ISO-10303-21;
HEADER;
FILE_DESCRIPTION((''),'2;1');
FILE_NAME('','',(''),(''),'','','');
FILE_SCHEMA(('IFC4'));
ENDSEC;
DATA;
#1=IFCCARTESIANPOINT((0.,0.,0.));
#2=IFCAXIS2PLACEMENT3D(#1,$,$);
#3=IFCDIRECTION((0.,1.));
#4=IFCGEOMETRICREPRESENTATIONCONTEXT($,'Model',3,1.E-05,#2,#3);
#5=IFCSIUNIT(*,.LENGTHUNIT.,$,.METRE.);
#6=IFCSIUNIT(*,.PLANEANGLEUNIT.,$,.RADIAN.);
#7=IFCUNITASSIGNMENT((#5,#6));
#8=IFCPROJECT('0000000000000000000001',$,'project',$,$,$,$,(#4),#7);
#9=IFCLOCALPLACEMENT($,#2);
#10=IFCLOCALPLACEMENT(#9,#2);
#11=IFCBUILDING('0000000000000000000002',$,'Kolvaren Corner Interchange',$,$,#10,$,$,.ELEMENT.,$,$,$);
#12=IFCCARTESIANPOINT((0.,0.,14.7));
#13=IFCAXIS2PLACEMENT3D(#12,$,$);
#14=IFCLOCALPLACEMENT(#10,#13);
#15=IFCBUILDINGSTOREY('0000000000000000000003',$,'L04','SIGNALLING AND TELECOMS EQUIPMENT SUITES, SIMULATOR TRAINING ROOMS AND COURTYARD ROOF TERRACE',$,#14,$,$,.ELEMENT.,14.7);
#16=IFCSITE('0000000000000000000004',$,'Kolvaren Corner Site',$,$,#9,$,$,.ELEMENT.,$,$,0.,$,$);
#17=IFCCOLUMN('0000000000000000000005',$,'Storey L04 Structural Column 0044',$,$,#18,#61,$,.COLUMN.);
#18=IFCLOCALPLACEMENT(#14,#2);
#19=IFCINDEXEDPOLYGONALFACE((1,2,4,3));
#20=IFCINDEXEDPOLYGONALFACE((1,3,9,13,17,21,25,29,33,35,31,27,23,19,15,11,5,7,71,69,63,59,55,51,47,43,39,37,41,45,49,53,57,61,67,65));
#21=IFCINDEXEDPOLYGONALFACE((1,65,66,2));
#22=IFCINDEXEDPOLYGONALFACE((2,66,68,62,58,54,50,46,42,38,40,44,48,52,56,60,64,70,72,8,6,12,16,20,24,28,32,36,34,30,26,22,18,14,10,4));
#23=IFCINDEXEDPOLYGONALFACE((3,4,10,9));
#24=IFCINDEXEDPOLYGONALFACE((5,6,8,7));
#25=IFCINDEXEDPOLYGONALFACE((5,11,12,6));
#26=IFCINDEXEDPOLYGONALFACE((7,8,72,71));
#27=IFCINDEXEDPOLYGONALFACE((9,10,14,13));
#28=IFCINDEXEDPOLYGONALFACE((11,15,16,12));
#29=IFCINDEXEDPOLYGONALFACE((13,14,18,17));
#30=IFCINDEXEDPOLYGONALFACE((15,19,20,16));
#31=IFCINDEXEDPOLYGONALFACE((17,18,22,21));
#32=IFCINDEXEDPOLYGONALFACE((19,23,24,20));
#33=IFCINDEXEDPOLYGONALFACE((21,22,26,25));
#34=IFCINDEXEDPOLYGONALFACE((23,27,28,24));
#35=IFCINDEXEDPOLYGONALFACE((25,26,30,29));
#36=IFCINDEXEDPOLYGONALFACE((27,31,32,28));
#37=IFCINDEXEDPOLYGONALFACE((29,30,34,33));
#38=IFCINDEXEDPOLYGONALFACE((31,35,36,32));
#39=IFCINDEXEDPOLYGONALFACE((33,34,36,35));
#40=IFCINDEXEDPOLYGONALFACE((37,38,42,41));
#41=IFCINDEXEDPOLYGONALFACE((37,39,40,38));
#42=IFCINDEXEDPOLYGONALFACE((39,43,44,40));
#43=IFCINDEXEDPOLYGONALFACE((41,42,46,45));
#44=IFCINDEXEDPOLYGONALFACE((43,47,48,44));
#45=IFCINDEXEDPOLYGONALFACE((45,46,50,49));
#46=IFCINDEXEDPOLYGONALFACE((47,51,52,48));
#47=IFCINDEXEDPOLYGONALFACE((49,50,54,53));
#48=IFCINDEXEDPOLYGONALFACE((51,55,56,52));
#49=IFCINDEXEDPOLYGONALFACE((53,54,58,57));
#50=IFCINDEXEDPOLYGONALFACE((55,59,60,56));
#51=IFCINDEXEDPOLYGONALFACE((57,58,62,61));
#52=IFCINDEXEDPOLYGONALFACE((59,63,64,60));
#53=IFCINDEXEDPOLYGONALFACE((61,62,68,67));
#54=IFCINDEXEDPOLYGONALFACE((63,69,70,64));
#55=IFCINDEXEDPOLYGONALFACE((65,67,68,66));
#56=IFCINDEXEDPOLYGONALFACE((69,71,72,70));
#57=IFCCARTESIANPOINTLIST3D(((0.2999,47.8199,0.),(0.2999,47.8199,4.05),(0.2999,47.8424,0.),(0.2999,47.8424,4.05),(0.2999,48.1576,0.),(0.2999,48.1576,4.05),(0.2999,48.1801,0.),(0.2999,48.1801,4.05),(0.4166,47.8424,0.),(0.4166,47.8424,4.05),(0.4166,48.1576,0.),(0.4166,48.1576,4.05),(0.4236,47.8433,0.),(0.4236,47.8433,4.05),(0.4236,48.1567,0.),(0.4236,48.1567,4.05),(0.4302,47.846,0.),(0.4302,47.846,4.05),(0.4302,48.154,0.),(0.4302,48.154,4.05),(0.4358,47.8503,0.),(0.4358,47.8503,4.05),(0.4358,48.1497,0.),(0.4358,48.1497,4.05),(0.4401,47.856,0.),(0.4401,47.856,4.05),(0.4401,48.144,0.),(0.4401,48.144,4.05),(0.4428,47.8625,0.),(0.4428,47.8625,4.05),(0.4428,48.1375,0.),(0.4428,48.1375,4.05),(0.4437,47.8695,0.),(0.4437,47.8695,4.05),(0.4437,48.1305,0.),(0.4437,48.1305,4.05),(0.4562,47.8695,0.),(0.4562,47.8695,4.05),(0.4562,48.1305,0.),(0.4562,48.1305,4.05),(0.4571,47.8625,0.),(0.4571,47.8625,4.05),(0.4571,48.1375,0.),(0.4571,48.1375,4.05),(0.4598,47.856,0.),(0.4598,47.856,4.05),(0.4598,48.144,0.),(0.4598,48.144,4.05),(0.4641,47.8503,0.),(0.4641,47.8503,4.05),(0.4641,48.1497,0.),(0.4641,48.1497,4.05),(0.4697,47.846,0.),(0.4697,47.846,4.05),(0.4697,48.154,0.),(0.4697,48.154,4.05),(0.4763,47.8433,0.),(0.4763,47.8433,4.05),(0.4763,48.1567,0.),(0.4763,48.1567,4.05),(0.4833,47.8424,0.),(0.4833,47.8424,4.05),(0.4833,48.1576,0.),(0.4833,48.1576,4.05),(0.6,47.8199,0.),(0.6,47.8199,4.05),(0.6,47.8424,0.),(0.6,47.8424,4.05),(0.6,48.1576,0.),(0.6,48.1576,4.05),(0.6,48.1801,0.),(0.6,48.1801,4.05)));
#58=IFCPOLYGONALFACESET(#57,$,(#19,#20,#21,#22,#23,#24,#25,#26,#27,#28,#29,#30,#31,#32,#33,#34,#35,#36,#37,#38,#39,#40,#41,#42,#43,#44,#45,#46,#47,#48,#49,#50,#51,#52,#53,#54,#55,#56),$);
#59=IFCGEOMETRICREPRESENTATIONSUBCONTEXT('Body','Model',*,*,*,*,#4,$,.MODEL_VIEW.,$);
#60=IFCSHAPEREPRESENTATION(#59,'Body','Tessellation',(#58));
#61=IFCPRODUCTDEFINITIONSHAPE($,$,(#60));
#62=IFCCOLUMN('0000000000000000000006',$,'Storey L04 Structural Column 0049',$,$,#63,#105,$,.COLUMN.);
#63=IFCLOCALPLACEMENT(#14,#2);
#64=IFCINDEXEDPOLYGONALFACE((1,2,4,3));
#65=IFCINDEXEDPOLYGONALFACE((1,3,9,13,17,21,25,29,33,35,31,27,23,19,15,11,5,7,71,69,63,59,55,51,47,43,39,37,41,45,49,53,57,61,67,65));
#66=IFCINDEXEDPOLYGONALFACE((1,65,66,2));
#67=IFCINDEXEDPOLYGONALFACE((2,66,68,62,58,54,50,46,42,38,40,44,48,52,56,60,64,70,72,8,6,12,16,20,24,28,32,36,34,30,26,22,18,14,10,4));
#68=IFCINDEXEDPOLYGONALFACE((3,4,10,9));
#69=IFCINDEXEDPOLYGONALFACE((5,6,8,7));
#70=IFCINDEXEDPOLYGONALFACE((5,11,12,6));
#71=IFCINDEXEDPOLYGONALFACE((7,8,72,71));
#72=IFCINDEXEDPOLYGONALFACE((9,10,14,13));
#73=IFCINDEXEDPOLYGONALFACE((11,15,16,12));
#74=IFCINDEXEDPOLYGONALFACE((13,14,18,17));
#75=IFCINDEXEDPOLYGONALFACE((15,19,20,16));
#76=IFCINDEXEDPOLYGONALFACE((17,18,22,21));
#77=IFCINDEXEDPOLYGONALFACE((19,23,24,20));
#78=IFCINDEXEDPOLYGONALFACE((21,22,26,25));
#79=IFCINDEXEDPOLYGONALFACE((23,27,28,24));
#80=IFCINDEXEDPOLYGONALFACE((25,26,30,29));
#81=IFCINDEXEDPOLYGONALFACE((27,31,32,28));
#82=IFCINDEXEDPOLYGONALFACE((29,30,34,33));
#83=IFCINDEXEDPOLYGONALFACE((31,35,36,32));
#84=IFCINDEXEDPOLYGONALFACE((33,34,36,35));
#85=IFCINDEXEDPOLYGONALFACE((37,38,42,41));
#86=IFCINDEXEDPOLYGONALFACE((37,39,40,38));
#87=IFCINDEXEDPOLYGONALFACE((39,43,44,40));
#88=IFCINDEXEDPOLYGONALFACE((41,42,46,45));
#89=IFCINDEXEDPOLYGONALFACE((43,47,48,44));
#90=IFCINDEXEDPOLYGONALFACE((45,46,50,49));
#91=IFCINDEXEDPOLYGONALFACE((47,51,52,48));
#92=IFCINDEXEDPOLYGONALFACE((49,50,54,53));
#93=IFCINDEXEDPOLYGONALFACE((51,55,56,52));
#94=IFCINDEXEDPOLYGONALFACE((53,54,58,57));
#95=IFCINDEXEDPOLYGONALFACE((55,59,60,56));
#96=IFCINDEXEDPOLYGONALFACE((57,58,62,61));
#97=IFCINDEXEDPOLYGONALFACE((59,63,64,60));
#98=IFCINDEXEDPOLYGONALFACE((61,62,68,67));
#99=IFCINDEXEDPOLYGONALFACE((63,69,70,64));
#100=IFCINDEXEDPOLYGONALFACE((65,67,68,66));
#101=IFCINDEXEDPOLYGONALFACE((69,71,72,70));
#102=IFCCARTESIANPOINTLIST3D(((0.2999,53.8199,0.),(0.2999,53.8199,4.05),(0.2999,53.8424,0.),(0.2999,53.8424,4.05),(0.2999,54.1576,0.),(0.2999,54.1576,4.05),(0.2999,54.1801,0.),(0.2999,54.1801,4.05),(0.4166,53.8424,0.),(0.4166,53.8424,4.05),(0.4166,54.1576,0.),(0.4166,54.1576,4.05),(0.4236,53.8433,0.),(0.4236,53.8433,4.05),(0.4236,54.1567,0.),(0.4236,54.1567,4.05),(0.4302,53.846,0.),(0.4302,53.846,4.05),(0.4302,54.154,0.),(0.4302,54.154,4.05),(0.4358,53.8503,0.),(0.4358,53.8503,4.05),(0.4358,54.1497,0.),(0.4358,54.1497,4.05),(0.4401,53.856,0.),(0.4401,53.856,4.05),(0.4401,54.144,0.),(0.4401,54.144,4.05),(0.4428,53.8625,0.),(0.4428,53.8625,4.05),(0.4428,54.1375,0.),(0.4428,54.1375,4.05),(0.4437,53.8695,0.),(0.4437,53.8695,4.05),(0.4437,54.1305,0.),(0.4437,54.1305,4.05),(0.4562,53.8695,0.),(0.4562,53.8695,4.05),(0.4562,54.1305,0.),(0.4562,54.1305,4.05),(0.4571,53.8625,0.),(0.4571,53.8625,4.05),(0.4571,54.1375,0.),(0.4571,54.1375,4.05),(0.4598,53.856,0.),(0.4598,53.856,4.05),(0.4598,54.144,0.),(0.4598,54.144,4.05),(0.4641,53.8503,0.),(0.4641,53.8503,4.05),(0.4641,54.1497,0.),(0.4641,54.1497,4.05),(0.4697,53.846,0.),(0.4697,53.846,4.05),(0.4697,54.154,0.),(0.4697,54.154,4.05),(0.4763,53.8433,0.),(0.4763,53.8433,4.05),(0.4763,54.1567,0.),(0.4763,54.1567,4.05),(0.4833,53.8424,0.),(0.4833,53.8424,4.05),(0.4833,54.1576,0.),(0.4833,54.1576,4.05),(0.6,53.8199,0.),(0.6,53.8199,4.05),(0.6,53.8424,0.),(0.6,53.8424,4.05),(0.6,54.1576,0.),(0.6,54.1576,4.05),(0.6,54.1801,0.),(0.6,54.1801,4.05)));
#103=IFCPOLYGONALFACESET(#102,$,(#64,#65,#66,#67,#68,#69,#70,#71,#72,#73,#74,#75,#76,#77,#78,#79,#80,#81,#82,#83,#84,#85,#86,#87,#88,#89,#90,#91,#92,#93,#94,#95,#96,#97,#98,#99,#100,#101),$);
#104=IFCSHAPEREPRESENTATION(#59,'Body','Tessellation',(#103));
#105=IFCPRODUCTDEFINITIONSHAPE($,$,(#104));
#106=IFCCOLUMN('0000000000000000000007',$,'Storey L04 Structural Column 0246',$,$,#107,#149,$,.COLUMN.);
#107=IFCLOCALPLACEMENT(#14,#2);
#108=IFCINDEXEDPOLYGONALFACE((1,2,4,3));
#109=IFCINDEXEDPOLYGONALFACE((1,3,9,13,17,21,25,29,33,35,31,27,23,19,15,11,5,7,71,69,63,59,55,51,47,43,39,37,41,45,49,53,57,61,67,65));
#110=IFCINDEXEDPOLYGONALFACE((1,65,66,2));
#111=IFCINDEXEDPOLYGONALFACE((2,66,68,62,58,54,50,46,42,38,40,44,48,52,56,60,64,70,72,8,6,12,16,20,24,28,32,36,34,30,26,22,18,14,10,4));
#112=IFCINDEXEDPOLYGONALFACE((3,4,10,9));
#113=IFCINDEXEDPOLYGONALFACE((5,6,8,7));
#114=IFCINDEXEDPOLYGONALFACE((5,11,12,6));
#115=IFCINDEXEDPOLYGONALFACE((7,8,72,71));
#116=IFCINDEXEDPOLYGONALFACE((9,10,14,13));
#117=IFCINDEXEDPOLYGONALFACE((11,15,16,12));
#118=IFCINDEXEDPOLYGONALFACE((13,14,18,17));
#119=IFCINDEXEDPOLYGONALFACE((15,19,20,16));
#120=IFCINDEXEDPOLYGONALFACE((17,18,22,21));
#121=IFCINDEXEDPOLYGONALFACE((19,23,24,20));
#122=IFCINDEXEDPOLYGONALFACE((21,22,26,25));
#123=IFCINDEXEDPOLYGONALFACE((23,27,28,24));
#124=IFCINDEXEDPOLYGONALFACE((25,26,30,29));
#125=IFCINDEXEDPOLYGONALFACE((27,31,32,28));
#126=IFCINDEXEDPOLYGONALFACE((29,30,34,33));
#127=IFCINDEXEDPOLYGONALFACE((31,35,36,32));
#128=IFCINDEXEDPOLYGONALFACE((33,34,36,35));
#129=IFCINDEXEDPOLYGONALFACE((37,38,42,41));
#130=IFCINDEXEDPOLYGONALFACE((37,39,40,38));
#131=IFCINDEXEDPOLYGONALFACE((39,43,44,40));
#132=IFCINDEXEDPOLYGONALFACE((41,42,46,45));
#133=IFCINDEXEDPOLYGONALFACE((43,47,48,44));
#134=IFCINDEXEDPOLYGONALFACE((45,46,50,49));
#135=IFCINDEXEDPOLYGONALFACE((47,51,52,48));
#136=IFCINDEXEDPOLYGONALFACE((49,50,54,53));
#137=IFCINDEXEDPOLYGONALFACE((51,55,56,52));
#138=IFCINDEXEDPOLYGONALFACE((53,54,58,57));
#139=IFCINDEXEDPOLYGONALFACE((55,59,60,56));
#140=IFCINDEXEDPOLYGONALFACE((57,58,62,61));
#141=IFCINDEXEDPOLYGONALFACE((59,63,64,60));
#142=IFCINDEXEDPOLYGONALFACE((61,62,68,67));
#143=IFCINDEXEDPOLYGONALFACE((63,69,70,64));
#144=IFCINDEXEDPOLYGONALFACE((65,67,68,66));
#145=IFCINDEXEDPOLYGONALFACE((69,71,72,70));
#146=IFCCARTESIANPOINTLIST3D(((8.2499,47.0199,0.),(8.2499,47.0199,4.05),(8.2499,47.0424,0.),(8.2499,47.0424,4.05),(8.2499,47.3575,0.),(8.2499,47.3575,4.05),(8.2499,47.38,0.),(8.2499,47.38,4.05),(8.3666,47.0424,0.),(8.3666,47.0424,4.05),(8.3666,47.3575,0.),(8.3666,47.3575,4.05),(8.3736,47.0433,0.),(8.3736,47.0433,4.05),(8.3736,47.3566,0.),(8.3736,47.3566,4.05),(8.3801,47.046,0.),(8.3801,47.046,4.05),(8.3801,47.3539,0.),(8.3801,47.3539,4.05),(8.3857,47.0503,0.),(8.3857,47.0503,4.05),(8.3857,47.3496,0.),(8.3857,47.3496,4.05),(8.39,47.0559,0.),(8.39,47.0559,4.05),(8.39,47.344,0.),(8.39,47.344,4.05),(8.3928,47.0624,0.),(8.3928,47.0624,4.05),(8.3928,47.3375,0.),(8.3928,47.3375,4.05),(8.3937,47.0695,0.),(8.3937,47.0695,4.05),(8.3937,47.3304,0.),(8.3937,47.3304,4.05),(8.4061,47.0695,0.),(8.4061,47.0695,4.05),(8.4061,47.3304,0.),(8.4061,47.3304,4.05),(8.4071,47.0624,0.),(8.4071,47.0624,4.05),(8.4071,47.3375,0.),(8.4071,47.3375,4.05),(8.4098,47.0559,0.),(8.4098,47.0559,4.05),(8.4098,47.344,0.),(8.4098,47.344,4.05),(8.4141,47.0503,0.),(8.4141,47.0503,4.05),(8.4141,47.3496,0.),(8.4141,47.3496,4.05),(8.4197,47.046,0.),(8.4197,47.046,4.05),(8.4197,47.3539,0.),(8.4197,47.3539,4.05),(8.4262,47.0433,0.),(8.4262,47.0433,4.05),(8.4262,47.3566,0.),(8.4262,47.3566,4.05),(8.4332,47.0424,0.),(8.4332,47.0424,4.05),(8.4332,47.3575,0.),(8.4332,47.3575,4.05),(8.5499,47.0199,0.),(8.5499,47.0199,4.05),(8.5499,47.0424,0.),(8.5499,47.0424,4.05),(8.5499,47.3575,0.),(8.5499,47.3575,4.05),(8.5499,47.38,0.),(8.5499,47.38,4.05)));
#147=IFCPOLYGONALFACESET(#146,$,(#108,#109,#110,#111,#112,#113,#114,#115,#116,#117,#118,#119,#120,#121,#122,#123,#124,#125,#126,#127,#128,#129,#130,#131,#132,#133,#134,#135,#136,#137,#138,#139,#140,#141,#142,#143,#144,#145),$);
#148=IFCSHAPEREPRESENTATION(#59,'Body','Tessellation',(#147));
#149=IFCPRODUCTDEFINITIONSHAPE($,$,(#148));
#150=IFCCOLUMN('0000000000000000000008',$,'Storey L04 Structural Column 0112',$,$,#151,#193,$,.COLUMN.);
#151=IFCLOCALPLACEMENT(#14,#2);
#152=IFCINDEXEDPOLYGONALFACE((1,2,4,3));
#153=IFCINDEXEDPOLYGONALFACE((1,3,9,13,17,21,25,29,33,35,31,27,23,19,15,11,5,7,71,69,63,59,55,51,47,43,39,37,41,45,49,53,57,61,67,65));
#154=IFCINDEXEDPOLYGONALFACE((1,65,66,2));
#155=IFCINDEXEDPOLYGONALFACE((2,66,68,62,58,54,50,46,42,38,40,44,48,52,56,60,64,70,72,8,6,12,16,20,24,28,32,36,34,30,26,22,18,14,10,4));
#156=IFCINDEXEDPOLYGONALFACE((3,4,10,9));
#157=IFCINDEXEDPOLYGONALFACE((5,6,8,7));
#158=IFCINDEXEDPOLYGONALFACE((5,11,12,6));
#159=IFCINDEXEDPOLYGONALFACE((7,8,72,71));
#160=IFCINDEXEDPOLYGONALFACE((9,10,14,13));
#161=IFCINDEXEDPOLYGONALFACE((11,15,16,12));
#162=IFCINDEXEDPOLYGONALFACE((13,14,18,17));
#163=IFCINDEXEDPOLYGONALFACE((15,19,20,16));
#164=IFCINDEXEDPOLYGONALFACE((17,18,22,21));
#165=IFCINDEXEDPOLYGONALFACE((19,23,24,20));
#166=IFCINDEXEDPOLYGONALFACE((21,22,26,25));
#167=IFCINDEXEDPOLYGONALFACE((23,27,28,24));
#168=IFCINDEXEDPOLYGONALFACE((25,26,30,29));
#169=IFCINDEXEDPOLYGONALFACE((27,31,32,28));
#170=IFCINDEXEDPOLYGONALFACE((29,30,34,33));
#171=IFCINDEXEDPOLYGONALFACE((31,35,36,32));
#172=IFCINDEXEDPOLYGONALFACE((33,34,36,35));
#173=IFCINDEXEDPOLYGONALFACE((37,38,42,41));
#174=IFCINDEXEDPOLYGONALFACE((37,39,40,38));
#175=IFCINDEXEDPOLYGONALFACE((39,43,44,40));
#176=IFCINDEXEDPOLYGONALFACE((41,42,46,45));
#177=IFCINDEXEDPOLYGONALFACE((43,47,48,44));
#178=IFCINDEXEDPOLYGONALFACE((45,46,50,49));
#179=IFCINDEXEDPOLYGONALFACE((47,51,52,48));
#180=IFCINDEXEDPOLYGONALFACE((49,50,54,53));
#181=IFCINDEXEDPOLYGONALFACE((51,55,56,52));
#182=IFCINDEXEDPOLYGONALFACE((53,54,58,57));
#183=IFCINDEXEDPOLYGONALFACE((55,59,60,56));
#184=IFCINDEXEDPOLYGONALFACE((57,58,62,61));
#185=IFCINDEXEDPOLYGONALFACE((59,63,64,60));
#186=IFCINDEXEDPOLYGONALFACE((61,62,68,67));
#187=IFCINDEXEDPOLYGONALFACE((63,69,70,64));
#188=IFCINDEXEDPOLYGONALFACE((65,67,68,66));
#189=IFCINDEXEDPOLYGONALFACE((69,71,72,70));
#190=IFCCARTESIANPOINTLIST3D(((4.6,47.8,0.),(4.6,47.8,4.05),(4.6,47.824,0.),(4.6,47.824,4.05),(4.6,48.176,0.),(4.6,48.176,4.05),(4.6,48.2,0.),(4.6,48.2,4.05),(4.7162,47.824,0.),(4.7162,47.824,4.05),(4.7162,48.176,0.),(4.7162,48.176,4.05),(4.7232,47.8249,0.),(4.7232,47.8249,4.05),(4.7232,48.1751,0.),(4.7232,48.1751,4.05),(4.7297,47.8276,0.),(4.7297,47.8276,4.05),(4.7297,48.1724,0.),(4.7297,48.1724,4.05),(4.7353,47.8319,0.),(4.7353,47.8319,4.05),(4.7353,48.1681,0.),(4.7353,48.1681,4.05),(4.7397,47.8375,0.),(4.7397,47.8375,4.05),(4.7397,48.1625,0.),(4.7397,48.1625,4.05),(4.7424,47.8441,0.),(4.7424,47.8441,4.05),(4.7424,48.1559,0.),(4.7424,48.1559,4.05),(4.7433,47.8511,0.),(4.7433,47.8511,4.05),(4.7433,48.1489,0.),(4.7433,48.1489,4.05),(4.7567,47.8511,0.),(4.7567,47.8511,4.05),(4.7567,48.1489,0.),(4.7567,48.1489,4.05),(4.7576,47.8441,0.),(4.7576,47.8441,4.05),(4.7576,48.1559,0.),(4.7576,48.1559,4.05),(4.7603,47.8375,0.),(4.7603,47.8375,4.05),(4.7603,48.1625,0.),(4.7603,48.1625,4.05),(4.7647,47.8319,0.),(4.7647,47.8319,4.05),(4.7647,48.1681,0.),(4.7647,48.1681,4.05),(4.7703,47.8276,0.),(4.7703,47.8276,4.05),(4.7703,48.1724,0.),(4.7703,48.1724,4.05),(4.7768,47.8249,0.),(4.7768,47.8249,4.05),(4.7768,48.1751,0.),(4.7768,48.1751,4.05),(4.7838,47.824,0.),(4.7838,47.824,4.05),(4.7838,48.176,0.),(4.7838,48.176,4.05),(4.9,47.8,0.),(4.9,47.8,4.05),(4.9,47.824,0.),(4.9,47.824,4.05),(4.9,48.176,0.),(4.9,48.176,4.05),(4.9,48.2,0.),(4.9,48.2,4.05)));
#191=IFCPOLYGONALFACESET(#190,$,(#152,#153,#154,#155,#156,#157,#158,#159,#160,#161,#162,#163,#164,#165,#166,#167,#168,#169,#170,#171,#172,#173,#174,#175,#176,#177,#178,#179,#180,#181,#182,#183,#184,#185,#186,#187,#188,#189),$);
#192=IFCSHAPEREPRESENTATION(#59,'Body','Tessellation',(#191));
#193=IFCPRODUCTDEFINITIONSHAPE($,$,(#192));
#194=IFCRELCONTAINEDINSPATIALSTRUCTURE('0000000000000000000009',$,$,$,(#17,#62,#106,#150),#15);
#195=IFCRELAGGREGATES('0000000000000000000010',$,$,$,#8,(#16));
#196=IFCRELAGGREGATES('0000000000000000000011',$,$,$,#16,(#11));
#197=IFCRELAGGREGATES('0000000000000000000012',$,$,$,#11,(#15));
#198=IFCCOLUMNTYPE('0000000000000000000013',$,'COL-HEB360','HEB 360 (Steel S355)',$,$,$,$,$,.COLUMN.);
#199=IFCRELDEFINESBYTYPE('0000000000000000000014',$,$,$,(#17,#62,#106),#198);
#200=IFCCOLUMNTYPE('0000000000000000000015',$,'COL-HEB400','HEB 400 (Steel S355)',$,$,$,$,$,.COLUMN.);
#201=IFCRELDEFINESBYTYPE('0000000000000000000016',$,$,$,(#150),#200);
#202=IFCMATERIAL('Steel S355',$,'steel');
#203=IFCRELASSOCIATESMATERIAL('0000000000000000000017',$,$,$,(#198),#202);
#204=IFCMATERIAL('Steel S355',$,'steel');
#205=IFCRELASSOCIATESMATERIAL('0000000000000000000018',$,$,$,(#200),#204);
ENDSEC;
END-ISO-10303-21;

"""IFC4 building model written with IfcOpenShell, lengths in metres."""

from ifc_helpers import new_model, si_unit, direction, frame, origin, origin_2d, place, context, subcontext, project, spatial, i_section, extrude, material, material_profile, profile_set, type_object, element, save


model = new_model("IFC4")

# Units and contexts
model_context = context("Model", 3, precision=1e-05, world=origin(), true_north=direction((0.0, 1.0)))
body_context = subcontext(model_context, "Body", "Model", "MODEL_VIEW")
ifc_project = project(units=[si_unit("LENGTHUNIT", "METRE"), si_unit("PLANEANGLEUNIT", "RADIAN")], contexts=[model_context])

# Site, building, storey
site_placement = place(None, origin())
site = spatial("IfcSite", under=ifc_project, at=site_placement, Name="Kolvaren Corner Site", CompositionType="ELEMENT", RefElevation=0.0)
building_placement = place(site_placement, origin())
building = spatial("IfcBuilding", under=site, at=building_placement, Name="Kolvaren Corner Interchange", CompositionType="ELEMENT")
storey_placement = place(building_placement, frame((0.0, 0.0, 14.7)))
storey = spatial("IfcBuildingStorey", under=building, at=storey_placement, Name="L04", Description="SIGNALLING AND TELECOMS EQUIPMENT SUITES, SIMULATOR TRAINING ROOMS AND COURTYARD ROOF TERRACE", CompositionType="ELEMENT", Elevation=14.7)

# Columns
ifc_material_1 = material(Name="Steel S355", Category="steel")
ifc_material_profile_1 = material_profile(ifc_material_1, i_section(OverallWidth=0.3, OverallDepth=0.3601, WebThickness=0.0125, FlangeThickness=0.0225, FilletRadius=0.0271, at=origin_2d()), Name="HEB 360")
ifc_profile_set_1 = profile_set([ifc_material_profile_1], Name="Steel S355")
column_type_1 = type_object("IfcColumnType", Name="COL-HEB360", Description="HEB 360 (Steel S355)", PredefinedType="COLUMN", material=ifc_profile_set_1)
for number, where, z_axis, x_axis, name in (
    (1, (0.45, 48.0, 0.0), (0.0, 0.0, 1.0), (1.0, 0.0, 0.0), "Storey L04 Structural Column 0044"),
    (2, (0.45, 54.0, 0.0), (0.0, 0.0, 1.0), (1.0, 0.0, 0.0), "Storey L04 Structural Column 0049"),
    (3, (8.3999, 47.2, 0.0), (0.0, 0.0, 1.0), (1.0, 0.0, 0.0), "Storey L04 Structural Column 0246"),
):
    element("IfcColumn", number, at=place(storey_placement, frame(where, z_axis=z_axis, x_axis=x_axis)), inside=storey, type_object=column_type_1, Name=name, PredefinedType="COLUMN", context=body_context, shape_type="SweptSolid", body=[
        extrude(i_section(OverallWidth=0.3, OverallDepth=0.3601, WebThickness=0.0125, FlangeThickness=0.0225, FilletRadius=0.0271, at=origin_2d()), origin(), (0.0, 0.0, 1.0), 4.05),
    ])
ifc_material_2 = material(Name="Steel S355", Category="steel")
ifc_material_profile_2 = material_profile(ifc_material_2, i_section(OverallWidth=0.3, OverallDepth=0.3999, WebThickness=0.0134, FlangeThickness=0.0239, FilletRadius=0.0271, at=origin_2d()), Name="HEB 400")
ifc_profile_set_2 = profile_set([ifc_material_profile_2], Name="Steel S355")
column_type_2 = type_object("IfcColumnType", Name="COL-HEB400", Description="HEB 400 (Steel S355)", PredefinedType="COLUMN", material=ifc_profile_set_2)
for number, where, z_axis, x_axis, name in (
    (4, (4.75, 48.0, 0.0), (0.0, 0.0, 1.0), (1.0, 0.0, 0.0), "Storey L04 Structural Column 0112"),
):
    element("IfcColumn", number, at=place(storey_placement, frame(where, z_axis=z_axis, x_axis=x_axis)), inside=storey, type_object=column_type_2, Name=name, PredefinedType="COLUMN", context=body_context, shape_type="SweptSolid", body=[
        extrude(i_section(OverallWidth=0.3, OverallDepth=0.3999, WebThickness=0.0134, FlangeThickness=0.0239, FilletRadius=0.0271, at=origin_2d()), origin(), (0.0, 0.0, 1.0), 4.05),
    ])

save(model, "model.ifc")
